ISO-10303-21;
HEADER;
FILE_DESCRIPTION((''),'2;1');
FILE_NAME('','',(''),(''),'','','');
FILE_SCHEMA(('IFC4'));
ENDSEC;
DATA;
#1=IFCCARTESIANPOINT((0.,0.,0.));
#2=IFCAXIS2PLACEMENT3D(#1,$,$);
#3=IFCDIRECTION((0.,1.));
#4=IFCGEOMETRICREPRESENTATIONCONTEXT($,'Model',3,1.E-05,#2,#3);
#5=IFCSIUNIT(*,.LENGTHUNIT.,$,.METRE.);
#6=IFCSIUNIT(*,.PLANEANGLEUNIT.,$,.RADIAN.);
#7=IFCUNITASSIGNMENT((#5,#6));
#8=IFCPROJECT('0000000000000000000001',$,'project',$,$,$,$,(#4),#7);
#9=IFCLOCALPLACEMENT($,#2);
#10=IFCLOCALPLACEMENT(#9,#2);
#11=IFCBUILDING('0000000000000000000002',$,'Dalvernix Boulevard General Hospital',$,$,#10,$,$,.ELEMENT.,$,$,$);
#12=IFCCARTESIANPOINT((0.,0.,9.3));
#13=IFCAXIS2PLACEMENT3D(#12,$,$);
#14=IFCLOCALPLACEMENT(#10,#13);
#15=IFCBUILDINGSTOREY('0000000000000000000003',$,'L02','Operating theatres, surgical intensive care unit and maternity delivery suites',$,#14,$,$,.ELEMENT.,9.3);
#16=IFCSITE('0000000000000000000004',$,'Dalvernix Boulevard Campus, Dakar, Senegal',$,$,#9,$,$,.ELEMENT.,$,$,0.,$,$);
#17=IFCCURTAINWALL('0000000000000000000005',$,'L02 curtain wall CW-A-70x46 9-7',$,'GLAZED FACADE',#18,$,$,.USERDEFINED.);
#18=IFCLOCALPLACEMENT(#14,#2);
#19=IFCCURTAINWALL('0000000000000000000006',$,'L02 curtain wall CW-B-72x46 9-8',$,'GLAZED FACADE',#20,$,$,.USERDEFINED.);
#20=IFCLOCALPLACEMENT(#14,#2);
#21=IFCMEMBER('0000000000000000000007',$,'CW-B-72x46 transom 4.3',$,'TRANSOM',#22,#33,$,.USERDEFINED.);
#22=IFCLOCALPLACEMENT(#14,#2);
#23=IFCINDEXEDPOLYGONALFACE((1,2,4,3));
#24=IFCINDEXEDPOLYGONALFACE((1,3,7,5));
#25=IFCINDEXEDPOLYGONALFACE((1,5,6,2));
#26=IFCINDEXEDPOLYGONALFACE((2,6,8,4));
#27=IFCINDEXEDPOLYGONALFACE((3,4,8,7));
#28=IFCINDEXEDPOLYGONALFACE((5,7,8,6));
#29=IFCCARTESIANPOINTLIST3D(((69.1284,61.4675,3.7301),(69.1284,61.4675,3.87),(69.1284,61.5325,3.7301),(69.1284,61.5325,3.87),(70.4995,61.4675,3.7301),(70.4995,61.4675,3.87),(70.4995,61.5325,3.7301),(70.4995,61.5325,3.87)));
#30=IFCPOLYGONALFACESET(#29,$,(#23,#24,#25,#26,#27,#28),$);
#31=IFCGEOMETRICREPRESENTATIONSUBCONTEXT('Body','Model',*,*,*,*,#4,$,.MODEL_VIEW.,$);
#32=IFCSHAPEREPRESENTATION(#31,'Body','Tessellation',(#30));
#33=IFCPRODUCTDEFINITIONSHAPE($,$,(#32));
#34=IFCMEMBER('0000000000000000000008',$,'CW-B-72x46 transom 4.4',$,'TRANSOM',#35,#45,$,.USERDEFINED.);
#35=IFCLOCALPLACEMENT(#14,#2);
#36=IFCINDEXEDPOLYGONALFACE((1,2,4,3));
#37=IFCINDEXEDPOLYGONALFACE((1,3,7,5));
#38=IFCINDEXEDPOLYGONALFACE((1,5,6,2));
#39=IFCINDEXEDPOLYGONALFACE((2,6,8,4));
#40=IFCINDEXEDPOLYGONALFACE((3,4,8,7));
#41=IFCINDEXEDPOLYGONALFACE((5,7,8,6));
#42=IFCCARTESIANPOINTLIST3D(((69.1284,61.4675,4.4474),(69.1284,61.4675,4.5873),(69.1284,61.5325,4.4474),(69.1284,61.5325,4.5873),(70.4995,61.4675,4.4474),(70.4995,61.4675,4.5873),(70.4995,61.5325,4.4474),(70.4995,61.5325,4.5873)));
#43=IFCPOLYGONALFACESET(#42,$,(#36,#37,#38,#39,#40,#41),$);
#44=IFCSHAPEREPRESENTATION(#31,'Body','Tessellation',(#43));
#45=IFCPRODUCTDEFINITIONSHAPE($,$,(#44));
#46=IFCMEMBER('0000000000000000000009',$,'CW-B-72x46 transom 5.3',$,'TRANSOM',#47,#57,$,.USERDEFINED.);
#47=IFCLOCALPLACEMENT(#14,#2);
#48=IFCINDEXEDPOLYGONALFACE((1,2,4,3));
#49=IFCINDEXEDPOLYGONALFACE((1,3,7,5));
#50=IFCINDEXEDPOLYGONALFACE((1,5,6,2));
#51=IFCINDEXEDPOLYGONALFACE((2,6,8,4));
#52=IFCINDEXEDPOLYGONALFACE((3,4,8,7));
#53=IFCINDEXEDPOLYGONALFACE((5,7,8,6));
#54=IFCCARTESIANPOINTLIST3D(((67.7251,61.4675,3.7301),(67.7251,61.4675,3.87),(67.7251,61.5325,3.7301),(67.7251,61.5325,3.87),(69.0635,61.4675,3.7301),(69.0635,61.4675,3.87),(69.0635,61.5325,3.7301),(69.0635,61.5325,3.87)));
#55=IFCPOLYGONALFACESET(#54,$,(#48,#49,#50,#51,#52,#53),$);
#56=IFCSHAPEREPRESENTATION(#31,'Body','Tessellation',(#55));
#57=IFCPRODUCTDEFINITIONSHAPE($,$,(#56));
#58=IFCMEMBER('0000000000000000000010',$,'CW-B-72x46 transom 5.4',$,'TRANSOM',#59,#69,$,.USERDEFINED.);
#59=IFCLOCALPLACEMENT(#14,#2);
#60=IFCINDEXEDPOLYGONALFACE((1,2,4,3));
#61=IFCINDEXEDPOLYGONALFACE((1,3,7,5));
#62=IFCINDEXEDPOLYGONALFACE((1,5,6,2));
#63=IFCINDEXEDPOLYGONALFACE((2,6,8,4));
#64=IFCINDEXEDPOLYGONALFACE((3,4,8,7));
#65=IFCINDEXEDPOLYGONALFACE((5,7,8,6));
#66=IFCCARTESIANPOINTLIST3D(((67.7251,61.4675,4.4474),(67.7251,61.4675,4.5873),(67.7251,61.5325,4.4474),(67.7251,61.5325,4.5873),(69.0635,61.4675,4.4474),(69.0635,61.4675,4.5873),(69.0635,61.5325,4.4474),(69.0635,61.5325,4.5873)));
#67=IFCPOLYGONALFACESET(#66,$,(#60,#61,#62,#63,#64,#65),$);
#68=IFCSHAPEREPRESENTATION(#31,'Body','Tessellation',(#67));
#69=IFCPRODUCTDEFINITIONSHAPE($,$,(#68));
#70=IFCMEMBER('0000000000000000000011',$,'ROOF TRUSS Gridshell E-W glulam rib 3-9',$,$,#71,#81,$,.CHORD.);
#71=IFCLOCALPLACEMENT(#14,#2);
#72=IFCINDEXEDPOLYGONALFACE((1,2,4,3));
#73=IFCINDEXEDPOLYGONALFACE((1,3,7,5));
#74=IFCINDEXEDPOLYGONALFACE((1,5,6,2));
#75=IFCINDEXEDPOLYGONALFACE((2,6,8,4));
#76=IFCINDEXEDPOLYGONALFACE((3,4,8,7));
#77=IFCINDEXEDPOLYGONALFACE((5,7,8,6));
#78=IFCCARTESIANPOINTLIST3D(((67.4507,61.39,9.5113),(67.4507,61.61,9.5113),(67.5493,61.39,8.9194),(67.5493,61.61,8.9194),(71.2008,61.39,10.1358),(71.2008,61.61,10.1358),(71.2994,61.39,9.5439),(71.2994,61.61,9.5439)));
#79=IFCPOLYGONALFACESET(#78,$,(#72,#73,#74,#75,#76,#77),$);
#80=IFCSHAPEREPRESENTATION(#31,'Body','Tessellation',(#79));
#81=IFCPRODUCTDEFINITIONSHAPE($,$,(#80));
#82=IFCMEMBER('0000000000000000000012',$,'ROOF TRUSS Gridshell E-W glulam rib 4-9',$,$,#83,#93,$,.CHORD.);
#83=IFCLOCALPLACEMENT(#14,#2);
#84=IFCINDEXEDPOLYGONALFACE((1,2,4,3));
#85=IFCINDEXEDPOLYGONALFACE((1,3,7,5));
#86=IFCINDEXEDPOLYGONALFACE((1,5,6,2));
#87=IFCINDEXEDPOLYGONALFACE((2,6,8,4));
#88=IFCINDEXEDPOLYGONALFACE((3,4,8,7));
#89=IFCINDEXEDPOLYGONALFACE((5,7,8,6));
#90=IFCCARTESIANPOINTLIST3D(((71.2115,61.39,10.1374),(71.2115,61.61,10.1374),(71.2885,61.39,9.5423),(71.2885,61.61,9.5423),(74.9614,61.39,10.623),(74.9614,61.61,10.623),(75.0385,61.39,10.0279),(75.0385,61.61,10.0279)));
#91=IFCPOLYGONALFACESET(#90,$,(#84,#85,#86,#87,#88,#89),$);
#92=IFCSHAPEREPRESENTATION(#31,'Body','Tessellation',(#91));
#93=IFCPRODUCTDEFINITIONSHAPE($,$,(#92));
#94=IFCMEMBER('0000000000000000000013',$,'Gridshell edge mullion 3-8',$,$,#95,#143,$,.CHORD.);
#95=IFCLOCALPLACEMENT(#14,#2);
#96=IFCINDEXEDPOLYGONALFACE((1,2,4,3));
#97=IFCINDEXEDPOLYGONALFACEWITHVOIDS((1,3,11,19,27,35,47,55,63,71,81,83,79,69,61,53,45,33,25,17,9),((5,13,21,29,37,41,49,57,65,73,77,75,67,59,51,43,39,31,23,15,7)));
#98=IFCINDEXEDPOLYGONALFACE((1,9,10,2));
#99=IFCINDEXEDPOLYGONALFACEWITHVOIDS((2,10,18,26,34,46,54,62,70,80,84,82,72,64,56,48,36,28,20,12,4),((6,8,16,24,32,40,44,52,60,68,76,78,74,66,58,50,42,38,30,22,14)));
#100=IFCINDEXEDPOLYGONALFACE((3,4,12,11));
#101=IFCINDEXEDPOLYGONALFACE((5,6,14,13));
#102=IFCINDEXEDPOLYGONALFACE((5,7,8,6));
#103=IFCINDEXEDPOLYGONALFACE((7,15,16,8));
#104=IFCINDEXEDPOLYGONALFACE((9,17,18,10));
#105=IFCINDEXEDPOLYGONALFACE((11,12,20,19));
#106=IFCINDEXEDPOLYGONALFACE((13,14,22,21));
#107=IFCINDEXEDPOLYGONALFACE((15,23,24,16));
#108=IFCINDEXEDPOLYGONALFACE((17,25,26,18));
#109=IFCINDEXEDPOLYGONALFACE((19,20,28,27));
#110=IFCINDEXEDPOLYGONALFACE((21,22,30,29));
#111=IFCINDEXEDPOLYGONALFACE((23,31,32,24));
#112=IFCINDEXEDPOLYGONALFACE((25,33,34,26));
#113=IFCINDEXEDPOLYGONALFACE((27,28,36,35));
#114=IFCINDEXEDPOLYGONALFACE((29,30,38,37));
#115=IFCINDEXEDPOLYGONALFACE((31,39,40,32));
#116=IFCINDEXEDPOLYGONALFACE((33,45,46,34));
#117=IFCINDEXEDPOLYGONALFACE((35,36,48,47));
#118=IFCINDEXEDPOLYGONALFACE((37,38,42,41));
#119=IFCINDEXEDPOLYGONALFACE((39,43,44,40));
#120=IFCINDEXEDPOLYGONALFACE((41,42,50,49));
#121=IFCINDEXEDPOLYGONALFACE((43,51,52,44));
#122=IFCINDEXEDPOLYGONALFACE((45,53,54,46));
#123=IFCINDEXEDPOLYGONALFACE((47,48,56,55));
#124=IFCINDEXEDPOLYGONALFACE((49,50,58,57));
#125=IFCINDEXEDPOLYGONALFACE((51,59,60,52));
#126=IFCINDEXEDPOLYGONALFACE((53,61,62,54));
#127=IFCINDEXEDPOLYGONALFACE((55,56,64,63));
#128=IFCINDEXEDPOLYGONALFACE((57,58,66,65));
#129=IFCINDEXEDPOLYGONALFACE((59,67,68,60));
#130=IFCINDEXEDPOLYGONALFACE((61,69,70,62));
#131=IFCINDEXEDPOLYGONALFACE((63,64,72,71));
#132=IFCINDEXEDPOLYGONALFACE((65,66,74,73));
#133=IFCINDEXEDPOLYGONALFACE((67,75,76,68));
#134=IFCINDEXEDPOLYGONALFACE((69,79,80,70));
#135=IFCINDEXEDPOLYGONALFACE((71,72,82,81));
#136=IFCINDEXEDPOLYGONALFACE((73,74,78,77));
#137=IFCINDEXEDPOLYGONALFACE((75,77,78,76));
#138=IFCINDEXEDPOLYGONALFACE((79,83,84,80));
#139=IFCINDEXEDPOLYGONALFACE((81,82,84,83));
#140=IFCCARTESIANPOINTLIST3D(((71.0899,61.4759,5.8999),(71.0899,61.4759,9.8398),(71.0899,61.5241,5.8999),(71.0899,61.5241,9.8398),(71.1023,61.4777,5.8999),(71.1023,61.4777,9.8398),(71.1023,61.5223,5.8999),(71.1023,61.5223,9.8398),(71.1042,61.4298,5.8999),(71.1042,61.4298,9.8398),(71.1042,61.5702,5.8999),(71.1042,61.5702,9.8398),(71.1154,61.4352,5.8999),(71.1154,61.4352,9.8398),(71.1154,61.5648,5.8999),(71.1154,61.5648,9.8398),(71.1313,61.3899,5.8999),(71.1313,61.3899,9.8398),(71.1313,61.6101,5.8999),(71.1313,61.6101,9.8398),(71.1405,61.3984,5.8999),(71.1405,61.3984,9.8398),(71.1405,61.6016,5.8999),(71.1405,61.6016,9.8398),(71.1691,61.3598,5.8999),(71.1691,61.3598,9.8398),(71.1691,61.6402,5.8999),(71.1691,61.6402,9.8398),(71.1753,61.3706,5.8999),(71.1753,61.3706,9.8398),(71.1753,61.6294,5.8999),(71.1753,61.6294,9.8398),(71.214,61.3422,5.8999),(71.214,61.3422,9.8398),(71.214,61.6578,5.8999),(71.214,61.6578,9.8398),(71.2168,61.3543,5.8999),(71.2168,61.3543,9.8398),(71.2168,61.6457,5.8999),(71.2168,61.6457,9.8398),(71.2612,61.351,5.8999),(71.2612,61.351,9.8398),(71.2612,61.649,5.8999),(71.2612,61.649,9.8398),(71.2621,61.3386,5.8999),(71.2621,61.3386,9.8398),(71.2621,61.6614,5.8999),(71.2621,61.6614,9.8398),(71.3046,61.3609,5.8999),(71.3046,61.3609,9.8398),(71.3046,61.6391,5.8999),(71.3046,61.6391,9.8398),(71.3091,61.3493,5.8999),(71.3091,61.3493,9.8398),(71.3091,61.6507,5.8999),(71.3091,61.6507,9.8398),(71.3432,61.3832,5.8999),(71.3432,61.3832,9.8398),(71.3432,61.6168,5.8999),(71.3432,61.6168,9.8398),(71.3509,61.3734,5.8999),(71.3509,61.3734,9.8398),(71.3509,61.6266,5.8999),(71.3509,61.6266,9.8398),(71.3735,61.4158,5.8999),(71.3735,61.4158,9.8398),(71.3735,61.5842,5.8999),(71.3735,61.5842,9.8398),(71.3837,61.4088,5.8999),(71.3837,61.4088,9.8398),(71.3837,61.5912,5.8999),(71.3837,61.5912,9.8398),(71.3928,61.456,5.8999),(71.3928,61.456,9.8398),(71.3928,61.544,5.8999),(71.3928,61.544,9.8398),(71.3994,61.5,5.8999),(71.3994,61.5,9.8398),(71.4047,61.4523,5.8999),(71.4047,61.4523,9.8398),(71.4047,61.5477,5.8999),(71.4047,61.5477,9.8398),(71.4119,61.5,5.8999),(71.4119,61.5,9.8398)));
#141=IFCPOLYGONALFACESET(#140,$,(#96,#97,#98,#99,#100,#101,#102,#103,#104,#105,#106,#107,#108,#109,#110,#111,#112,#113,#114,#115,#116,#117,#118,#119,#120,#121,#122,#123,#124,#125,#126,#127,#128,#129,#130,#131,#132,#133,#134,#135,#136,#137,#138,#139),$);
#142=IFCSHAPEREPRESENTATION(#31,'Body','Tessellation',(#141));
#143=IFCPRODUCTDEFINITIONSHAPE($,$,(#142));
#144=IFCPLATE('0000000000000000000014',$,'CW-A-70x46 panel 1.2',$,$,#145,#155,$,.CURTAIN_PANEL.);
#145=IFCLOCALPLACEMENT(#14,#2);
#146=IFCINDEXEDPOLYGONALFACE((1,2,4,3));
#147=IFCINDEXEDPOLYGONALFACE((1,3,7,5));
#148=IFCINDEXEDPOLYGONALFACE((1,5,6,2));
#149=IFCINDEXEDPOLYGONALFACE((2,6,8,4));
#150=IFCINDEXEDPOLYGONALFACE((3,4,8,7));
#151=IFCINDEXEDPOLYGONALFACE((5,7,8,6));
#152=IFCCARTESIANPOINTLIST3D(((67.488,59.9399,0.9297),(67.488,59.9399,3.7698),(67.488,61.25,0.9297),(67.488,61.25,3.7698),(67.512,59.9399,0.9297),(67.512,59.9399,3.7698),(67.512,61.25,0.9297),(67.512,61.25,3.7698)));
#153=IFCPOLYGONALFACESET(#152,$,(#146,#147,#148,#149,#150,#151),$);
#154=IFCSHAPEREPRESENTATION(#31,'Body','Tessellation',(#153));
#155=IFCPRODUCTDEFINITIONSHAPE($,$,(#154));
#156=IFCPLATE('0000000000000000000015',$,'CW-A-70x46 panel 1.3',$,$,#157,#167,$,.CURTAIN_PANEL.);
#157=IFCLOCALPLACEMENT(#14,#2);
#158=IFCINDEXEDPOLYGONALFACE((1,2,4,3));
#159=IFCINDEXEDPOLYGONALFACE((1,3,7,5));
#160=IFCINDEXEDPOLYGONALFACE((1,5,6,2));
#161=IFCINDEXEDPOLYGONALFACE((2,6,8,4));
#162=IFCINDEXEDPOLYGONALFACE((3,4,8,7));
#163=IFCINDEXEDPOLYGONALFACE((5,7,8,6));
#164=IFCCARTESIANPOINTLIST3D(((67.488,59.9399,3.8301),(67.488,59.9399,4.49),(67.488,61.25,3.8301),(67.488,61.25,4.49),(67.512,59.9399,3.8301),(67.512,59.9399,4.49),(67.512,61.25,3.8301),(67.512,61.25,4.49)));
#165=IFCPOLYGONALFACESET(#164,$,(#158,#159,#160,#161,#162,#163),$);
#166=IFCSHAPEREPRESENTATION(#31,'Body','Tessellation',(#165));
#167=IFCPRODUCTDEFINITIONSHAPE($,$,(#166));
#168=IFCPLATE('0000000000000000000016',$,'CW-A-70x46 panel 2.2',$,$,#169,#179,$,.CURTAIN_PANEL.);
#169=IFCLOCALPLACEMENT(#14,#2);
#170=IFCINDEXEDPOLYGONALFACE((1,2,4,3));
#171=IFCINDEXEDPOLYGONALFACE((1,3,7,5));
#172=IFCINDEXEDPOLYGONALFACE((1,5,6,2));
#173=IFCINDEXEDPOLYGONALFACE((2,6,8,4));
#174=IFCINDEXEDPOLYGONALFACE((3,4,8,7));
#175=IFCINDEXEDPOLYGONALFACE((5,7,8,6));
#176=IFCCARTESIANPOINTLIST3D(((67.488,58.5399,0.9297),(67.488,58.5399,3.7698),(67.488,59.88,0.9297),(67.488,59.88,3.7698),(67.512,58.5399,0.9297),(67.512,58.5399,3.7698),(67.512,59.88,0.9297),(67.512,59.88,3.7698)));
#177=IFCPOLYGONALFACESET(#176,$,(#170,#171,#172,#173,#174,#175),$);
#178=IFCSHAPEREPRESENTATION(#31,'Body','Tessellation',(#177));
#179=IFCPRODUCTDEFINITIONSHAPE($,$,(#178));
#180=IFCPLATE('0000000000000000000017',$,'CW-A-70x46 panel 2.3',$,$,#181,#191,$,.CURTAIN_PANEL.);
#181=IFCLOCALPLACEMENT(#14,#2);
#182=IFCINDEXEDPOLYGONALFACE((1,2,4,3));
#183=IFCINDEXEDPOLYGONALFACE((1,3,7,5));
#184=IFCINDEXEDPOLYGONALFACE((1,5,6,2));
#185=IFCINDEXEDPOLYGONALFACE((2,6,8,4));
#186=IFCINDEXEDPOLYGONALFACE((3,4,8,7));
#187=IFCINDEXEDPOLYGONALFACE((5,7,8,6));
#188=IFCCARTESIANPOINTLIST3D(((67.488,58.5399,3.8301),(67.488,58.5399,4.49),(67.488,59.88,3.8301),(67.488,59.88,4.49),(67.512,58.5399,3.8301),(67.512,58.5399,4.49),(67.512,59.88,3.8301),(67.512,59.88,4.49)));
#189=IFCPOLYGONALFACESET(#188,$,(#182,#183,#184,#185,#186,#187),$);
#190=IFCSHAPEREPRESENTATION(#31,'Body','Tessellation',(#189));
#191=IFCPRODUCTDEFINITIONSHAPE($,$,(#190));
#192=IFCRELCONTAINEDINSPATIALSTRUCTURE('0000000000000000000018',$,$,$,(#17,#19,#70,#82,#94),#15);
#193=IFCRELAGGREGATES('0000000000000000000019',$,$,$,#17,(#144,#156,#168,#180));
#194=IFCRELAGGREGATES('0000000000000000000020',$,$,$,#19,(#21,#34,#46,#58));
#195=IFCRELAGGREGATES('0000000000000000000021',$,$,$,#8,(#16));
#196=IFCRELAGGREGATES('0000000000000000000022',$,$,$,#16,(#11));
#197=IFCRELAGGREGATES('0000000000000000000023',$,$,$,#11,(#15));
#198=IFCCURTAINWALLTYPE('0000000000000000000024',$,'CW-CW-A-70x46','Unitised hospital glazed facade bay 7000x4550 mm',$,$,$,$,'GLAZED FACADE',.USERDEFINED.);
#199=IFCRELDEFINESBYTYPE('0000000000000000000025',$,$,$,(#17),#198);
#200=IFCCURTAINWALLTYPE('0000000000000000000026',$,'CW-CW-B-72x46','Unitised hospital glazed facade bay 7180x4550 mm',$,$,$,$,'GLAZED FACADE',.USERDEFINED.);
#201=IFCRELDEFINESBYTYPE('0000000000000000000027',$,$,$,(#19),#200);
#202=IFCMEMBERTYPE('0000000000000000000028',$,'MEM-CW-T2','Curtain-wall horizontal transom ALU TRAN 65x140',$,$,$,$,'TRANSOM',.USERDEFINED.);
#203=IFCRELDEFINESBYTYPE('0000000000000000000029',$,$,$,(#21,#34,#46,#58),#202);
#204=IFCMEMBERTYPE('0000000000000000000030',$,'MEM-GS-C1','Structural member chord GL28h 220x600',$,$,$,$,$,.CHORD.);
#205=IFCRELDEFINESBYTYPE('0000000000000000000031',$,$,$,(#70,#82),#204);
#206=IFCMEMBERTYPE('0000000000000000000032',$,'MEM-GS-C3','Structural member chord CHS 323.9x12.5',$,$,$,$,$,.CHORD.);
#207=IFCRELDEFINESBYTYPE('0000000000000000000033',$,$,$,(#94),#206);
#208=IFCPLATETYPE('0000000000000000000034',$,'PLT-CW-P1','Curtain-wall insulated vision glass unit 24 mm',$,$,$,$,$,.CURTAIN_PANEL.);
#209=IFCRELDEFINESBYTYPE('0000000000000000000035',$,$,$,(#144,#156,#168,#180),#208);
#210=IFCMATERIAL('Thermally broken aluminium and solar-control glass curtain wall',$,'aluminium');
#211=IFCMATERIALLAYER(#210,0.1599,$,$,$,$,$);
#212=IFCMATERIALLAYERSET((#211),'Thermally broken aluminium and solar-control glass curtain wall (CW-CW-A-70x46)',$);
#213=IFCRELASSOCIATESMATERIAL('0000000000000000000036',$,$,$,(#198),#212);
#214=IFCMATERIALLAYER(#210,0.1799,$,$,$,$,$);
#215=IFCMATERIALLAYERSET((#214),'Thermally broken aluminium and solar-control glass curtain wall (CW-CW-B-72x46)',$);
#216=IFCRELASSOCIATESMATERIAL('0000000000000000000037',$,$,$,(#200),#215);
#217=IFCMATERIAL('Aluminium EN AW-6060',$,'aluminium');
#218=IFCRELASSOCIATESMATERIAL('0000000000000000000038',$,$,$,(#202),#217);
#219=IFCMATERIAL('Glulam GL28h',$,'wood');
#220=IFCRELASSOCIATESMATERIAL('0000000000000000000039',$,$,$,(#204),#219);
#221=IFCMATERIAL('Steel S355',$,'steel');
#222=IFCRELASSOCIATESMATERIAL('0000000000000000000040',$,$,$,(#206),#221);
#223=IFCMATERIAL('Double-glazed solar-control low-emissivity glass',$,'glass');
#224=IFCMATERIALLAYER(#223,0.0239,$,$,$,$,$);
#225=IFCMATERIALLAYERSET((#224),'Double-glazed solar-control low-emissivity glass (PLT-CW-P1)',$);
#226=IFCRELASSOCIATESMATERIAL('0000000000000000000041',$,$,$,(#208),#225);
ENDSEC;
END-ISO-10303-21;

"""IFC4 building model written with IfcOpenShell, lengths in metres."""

from ifc_helpers import new_model, si_unit, direction, frame, origin, origin_2d, place, context, subcontext, project, spatial, rectangle, hollow_circle, extrude, material, layer, layer_set, material_profile, profile_set, type_object, element, aggregate, save


model = new_model("IFC4")

# Units and contexts
model_context = context("Model", 3, precision=1e-05, world=origin(), true_north=direction((0.0, 1.0)))
body_context = subcontext(model_context, "Body", "Model", "MODEL_VIEW")
ifc_project = project(units=[si_unit("LENGTHUNIT", "METRE"), si_unit("PLANEANGLEUNIT", "RADIAN")], contexts=[model_context])

# Site, building, storey
site_placement = place(None, origin())
site = spatial("IfcSite", under=ifc_project, at=site_placement, Name="Dalvernix Boulevard Campus, Dakar, Senegal", CompositionType="ELEMENT", RefElevation=0.0)
building_placement = place(site_placement, origin())
building = spatial("IfcBuilding", under=site, at=building_placement, Name="Dalvernix Boulevard General Hospital", CompositionType="ELEMENT")
storey_placement = place(building_placement, frame((0.0, 0.0, 9.3)))
storey = spatial("IfcBuildingStorey", under=building, at=storey_placement, Name="L02", Description="Operating theatres, surgical intensive care unit and maternity delivery suites", CompositionType="ELEMENT", Elevation=9.3)

# Shared definitions
ifc_material_1 = material(Name="Steel S355", Category="steel")

# Curtain walls, members
ifc_material_2 = material(Name="Thermally broken aluminium and solar-control glass curtain wall", Category="aluminium")
ifc_layer_1 = layer(ifc_material_2, 0.1599)
ifc_layer_set_1 = layer_set([ifc_layer_1], Name="Thermally broken aluminium and solar-control glass curtain wall (CW-CW-A-70x46)")
curtain_wall_type_1 = type_object("IfcCurtainWallType", Name="CW-CW-A-70x46", Description="Unitised hospital glazed facade bay 7000x4550 mm", ElementType="GLAZED FACADE", PredefinedType="USERDEFINED", material=ifc_layer_set_1)
curtain_wall_1_placement = place(storey_placement, origin())
curtain_wall_1 = element("IfcCurtainWall", 1, at=curtain_wall_1_placement, inside=storey, type_object=curtain_wall_type_1, Name="L02 curtain wall CW-A-70x46 9-7", ObjectType="GLAZED FACADE", PredefinedType="USERDEFINED")
ifc_material_3 = material(Name="Aluminium EN AW-6060", Category="aluminium")
ifc_layer_2 = layer(ifc_material_2, 0.1799)
ifc_layer_set_2 = layer_set([ifc_layer_2], Name="Thermally broken aluminium and solar-control glass curtain wall (CW-CW-B-72x46)")
curtain_wall_type_2 = type_object("IfcCurtainWallType", Name="CW-CW-B-72x46", Description="Unitised hospital glazed facade bay 7180x4550 mm", ElementType="GLAZED FACADE", PredefinedType="USERDEFINED", material=ifc_layer_set_2)
curtain_wall_2_placement = place(storey_placement, origin())
curtain_wall_2 = element("IfcCurtainWall", 2, at=curtain_wall_2_placement, inside=storey, type_object=curtain_wall_type_2, Name="L02 curtain wall CW-B-72x46 9-8", ObjectType="GLAZED FACADE", PredefinedType="USERDEFINED")
ifc_material_profile_1 = material_profile(ifc_material_3, rectangle(XDim=0.0649, YDim=0.1399, at=origin_2d()), Name="ALU TRAN 65x140")
ifc_profile_set_1 = profile_set([ifc_material_profile_1], Name="Aluminium EN AW-6060")
member_type_1 = type_object("IfcMemberType", Name="MEM-CW-T2", Description="Curtain-wall horizontal transom ALU TRAN 65x140", ElementType="TRANSOM", PredefinedType="USERDEFINED", material=ifc_profile_set_1)
member_1_placement = place(storey_placement, frame((70.4995, 61.5, 3.8), z_axis=(-1.0, 0.0, 0.0), x_axis=(0.0, -1.0, 0.0)))
member_1 = element("IfcMember", 3, at=member_1_placement, type_object=member_type_1, Name="CW-B-72x46 transom 4.3", ObjectType="TRANSOM", PredefinedType="USERDEFINED", context=body_context, shape_type="SweptSolid", body=[
    extrude(rectangle(XDim=0.0649, YDim=0.1399, at=origin_2d()), origin(), (0.0, 0.0, 1.0), 1.3711),
])
member_2_placement = place(storey_placement, frame((70.4995, 61.5, 4.5173), z_axis=(-1.0, 0.0, 0.0), x_axis=(0.0, -1.0, 0.0)))
member_2 = element("IfcMember", 4, at=member_2_placement, type_object=member_type_1, Name="CW-B-72x46 transom 4.4", ObjectType="TRANSOM", PredefinedType="USERDEFINED", context=body_context, shape_type="SweptSolid", body=[
    extrude(rectangle(XDim=0.0649, YDim=0.1399, at=origin_2d()), origin(), (0.0, 0.0, 1.0), 1.3711),
])
member_3_placement = place(storey_placement, frame((69.0635, 61.5, 3.8), z_axis=(-1.0, 0.0, 0.0), x_axis=(0.0, -1.0, 0.0)))
member_3 = element("IfcMember", 5, at=member_3_placement, type_object=member_type_1, Name="CW-B-72x46 transom 5.3", ObjectType="TRANSOM", PredefinedType="USERDEFINED", context=body_context, shape_type="SweptSolid", body=[
    extrude(rectangle(XDim=0.0649, YDim=0.1399, at=origin_2d()), origin(), (0.0, 0.0, 1.0), 1.3384),
])
member_4_placement = place(storey_placement, frame((69.0635, 61.5, 4.5173), z_axis=(-1.0, 0.0, 0.0), x_axis=(0.0, -1.0, 0.0)))
member_4 = element("IfcMember", 6, at=member_4_placement, type_object=member_type_1, Name="CW-B-72x46 transom 5.4", ObjectType="TRANSOM", PredefinedType="USERDEFINED", context=body_context, shape_type="SweptSolid", body=[
    extrude(rectangle(XDim=0.0649, YDim=0.1399, at=origin_2d()), origin(), (0.0, 0.0, 1.0), 1.3384),
])

# Members
ifc_material_4 = material(Name="Glulam GL28h", Category="wood")
ifc_material_profile_2 = material_profile(ifc_material_4, rectangle(XDim=0.22, YDim=0.6001, at=origin_2d()), Name="GL28h 220x600")
ifc_profile_set_2 = profile_set([ifc_material_profile_2], Name="Glulam GL28h")
member_type_2 = type_object("IfcMemberType", Name="MEM-GS-C1", Description="Structural member chord GL28h 220x600", PredefinedType="CHORD", material=ifc_profile_set_2)
member_5_placement = place(storey_placement, frame((67.5, 61.5, 9.2153), z_axis=(0.986415, 0.0, 0.164274), x_axis=(0.0, 1.0, 0.0)))
element("IfcMember", 7, at=member_5_placement, inside=storey, type_object=member_type_2, Name="ROOF TRUSS Gridshell E-W glulam rib 3-9", PredefinedType="CHORD", context=body_context, shape_type="SweptSolid", body=[
    extrude(rectangle(XDim=0.22, YDim=0.6001, at=origin_2d()), origin(), (0.0, 0.0, 1.0), 3.8018),
])
member_6_placement = place(storey_placement, frame((71.25, 61.5, 9.8398), z_axis=(0.99172, 0.0, 0.12842), x_axis=(0.0, 1.0, 0.0)))
element("IfcMember", 8, at=member_6_placement, inside=storey, type_object=member_type_2, Name="ROOF TRUSS Gridshell E-W glulam rib 4-9", PredefinedType="CHORD", context=body_context, shape_type="SweptSolid", body=[
    extrude(rectangle(XDim=0.22, YDim=0.6001, at=origin_2d()), origin(), (0.0, 0.0, 1.0), 3.7812),
])
ifc_material_profile_3 = material_profile(ifc_material_1, hollow_circle(Radius=0.1619, WallThickness=0.0125, at=origin_2d()), Name="CHS 323.9x12.5")
ifc_profile_set_3 = profile_set([ifc_material_profile_3], Name="Steel S355")
member_type_3 = type_object("IfcMemberType", Name="MEM-GS-C3", Description="Structural member chord CHS 323.9x12.5", PredefinedType="CHORD", material=ifc_profile_set_3)
member_7_placement = place(storey_placement, frame((71.25, 61.5, 5.8999), z_axis=(0.0, 0.0, 1.0), x_axis=(1.0, 0.0, 0.0)))
element("IfcMember", 9, at=member_7_placement, inside=storey, type_object=member_type_3, Name="Gridshell edge mullion 3-8", PredefinedType="CHORD", context=body_context, shape_type="SweptSolid", body=[
    extrude(hollow_circle(Radius=0.1619, WallThickness=0.0125, at=origin_2d()), origin(), (0.0, 0.0, 1.0), 3.9399),
])

# Plates
ifc_material_5 = material(Name="Double-glazed solar-control low-emissivity glass", Category="glass")
ifc_layer_3 = layer(ifc_material_5, 0.0239)
ifc_layer_set_3 = layer_set([ifc_layer_3], Name="Double-glazed solar-control low-emissivity glass (PLT-CW-P1)")
plate_type_1 = type_object("IfcPlateType", Name="PLT-CW-P1", Description="Curtain-wall insulated vision glass unit 24 mm", PredefinedType="CURTAIN_PANEL", material=ifc_layer_set_3)
plate_1_placement = place(storey_placement, frame((67.5, 60.595, 0.9297), z_axis=(0.0, 0.0, 1.0), x_axis=(0.0, -1.0, 0.0)))
plate_1 = element("IfcPlate", 10, at=plate_1_placement, type_object=plate_type_1, Name="CW-A-70x46 panel 1.2", PredefinedType="CURTAIN_PANEL", context=body_context, shape_type="SweptSolid", body=[
    extrude(rectangle(XDim=1.3101, YDim=0.0239, at=origin_2d()), origin(), (0.0, 0.0, 1.0), 2.8401),
])
plate_2_placement = place(storey_placement, frame((67.5, 60.595, 3.8301), z_axis=(0.0, 0.0, 1.0), x_axis=(0.0, -1.0, 0.0)))
plate_2 = element("IfcPlate", 11, at=plate_2_placement, type_object=plate_type_1, Name="CW-A-70x46 panel 1.3", PredefinedType="CURTAIN_PANEL", context=body_context, shape_type="SweptSolid", body=[
    extrude(rectangle(XDim=1.3101, YDim=0.0239, at=origin_2d()), origin(), (0.0, 0.0, 1.0), 0.6599),
])
plate_3_placement = place(storey_placement, frame((67.5, 59.21, 0.9297), z_axis=(0.0, 0.0, 1.0), x_axis=(0.0, -1.0, 0.0)))
plate_3 = element("IfcPlate", 12, at=plate_3_placement, type_object=plate_type_1, Name="CW-A-70x46 panel 2.2", PredefinedType="CURTAIN_PANEL", context=body_context, shape_type="SweptSolid", body=[
    extrude(rectangle(XDim=1.3401, YDim=0.0239, at=origin_2d()), origin(), (0.0, 0.0, 1.0), 2.8401),
])
plate_4_placement = place(storey_placement, frame((67.5, 59.21, 3.8301), z_axis=(0.0, 0.0, 1.0), x_axis=(0.0, -1.0, 0.0)))
plate_4 = element("IfcPlate", 13, at=plate_4_placement, type_object=plate_type_1, Name="CW-A-70x46 panel 2.3", PredefinedType="CURTAIN_PANEL", context=body_context, shape_type="SweptSolid", body=[
    extrude(rectangle(XDim=1.3401, YDim=0.0239, at=origin_2d()), origin(), (0.0, 0.0, 1.0), 0.6599),
])
aggregate(curtain_wall_1, [plate_1, plate_2, plate_3, plate_4])
aggregate(curtain_wall_2, [member_1, member_2, member_3, member_4])

save(model, "model.ifc")
